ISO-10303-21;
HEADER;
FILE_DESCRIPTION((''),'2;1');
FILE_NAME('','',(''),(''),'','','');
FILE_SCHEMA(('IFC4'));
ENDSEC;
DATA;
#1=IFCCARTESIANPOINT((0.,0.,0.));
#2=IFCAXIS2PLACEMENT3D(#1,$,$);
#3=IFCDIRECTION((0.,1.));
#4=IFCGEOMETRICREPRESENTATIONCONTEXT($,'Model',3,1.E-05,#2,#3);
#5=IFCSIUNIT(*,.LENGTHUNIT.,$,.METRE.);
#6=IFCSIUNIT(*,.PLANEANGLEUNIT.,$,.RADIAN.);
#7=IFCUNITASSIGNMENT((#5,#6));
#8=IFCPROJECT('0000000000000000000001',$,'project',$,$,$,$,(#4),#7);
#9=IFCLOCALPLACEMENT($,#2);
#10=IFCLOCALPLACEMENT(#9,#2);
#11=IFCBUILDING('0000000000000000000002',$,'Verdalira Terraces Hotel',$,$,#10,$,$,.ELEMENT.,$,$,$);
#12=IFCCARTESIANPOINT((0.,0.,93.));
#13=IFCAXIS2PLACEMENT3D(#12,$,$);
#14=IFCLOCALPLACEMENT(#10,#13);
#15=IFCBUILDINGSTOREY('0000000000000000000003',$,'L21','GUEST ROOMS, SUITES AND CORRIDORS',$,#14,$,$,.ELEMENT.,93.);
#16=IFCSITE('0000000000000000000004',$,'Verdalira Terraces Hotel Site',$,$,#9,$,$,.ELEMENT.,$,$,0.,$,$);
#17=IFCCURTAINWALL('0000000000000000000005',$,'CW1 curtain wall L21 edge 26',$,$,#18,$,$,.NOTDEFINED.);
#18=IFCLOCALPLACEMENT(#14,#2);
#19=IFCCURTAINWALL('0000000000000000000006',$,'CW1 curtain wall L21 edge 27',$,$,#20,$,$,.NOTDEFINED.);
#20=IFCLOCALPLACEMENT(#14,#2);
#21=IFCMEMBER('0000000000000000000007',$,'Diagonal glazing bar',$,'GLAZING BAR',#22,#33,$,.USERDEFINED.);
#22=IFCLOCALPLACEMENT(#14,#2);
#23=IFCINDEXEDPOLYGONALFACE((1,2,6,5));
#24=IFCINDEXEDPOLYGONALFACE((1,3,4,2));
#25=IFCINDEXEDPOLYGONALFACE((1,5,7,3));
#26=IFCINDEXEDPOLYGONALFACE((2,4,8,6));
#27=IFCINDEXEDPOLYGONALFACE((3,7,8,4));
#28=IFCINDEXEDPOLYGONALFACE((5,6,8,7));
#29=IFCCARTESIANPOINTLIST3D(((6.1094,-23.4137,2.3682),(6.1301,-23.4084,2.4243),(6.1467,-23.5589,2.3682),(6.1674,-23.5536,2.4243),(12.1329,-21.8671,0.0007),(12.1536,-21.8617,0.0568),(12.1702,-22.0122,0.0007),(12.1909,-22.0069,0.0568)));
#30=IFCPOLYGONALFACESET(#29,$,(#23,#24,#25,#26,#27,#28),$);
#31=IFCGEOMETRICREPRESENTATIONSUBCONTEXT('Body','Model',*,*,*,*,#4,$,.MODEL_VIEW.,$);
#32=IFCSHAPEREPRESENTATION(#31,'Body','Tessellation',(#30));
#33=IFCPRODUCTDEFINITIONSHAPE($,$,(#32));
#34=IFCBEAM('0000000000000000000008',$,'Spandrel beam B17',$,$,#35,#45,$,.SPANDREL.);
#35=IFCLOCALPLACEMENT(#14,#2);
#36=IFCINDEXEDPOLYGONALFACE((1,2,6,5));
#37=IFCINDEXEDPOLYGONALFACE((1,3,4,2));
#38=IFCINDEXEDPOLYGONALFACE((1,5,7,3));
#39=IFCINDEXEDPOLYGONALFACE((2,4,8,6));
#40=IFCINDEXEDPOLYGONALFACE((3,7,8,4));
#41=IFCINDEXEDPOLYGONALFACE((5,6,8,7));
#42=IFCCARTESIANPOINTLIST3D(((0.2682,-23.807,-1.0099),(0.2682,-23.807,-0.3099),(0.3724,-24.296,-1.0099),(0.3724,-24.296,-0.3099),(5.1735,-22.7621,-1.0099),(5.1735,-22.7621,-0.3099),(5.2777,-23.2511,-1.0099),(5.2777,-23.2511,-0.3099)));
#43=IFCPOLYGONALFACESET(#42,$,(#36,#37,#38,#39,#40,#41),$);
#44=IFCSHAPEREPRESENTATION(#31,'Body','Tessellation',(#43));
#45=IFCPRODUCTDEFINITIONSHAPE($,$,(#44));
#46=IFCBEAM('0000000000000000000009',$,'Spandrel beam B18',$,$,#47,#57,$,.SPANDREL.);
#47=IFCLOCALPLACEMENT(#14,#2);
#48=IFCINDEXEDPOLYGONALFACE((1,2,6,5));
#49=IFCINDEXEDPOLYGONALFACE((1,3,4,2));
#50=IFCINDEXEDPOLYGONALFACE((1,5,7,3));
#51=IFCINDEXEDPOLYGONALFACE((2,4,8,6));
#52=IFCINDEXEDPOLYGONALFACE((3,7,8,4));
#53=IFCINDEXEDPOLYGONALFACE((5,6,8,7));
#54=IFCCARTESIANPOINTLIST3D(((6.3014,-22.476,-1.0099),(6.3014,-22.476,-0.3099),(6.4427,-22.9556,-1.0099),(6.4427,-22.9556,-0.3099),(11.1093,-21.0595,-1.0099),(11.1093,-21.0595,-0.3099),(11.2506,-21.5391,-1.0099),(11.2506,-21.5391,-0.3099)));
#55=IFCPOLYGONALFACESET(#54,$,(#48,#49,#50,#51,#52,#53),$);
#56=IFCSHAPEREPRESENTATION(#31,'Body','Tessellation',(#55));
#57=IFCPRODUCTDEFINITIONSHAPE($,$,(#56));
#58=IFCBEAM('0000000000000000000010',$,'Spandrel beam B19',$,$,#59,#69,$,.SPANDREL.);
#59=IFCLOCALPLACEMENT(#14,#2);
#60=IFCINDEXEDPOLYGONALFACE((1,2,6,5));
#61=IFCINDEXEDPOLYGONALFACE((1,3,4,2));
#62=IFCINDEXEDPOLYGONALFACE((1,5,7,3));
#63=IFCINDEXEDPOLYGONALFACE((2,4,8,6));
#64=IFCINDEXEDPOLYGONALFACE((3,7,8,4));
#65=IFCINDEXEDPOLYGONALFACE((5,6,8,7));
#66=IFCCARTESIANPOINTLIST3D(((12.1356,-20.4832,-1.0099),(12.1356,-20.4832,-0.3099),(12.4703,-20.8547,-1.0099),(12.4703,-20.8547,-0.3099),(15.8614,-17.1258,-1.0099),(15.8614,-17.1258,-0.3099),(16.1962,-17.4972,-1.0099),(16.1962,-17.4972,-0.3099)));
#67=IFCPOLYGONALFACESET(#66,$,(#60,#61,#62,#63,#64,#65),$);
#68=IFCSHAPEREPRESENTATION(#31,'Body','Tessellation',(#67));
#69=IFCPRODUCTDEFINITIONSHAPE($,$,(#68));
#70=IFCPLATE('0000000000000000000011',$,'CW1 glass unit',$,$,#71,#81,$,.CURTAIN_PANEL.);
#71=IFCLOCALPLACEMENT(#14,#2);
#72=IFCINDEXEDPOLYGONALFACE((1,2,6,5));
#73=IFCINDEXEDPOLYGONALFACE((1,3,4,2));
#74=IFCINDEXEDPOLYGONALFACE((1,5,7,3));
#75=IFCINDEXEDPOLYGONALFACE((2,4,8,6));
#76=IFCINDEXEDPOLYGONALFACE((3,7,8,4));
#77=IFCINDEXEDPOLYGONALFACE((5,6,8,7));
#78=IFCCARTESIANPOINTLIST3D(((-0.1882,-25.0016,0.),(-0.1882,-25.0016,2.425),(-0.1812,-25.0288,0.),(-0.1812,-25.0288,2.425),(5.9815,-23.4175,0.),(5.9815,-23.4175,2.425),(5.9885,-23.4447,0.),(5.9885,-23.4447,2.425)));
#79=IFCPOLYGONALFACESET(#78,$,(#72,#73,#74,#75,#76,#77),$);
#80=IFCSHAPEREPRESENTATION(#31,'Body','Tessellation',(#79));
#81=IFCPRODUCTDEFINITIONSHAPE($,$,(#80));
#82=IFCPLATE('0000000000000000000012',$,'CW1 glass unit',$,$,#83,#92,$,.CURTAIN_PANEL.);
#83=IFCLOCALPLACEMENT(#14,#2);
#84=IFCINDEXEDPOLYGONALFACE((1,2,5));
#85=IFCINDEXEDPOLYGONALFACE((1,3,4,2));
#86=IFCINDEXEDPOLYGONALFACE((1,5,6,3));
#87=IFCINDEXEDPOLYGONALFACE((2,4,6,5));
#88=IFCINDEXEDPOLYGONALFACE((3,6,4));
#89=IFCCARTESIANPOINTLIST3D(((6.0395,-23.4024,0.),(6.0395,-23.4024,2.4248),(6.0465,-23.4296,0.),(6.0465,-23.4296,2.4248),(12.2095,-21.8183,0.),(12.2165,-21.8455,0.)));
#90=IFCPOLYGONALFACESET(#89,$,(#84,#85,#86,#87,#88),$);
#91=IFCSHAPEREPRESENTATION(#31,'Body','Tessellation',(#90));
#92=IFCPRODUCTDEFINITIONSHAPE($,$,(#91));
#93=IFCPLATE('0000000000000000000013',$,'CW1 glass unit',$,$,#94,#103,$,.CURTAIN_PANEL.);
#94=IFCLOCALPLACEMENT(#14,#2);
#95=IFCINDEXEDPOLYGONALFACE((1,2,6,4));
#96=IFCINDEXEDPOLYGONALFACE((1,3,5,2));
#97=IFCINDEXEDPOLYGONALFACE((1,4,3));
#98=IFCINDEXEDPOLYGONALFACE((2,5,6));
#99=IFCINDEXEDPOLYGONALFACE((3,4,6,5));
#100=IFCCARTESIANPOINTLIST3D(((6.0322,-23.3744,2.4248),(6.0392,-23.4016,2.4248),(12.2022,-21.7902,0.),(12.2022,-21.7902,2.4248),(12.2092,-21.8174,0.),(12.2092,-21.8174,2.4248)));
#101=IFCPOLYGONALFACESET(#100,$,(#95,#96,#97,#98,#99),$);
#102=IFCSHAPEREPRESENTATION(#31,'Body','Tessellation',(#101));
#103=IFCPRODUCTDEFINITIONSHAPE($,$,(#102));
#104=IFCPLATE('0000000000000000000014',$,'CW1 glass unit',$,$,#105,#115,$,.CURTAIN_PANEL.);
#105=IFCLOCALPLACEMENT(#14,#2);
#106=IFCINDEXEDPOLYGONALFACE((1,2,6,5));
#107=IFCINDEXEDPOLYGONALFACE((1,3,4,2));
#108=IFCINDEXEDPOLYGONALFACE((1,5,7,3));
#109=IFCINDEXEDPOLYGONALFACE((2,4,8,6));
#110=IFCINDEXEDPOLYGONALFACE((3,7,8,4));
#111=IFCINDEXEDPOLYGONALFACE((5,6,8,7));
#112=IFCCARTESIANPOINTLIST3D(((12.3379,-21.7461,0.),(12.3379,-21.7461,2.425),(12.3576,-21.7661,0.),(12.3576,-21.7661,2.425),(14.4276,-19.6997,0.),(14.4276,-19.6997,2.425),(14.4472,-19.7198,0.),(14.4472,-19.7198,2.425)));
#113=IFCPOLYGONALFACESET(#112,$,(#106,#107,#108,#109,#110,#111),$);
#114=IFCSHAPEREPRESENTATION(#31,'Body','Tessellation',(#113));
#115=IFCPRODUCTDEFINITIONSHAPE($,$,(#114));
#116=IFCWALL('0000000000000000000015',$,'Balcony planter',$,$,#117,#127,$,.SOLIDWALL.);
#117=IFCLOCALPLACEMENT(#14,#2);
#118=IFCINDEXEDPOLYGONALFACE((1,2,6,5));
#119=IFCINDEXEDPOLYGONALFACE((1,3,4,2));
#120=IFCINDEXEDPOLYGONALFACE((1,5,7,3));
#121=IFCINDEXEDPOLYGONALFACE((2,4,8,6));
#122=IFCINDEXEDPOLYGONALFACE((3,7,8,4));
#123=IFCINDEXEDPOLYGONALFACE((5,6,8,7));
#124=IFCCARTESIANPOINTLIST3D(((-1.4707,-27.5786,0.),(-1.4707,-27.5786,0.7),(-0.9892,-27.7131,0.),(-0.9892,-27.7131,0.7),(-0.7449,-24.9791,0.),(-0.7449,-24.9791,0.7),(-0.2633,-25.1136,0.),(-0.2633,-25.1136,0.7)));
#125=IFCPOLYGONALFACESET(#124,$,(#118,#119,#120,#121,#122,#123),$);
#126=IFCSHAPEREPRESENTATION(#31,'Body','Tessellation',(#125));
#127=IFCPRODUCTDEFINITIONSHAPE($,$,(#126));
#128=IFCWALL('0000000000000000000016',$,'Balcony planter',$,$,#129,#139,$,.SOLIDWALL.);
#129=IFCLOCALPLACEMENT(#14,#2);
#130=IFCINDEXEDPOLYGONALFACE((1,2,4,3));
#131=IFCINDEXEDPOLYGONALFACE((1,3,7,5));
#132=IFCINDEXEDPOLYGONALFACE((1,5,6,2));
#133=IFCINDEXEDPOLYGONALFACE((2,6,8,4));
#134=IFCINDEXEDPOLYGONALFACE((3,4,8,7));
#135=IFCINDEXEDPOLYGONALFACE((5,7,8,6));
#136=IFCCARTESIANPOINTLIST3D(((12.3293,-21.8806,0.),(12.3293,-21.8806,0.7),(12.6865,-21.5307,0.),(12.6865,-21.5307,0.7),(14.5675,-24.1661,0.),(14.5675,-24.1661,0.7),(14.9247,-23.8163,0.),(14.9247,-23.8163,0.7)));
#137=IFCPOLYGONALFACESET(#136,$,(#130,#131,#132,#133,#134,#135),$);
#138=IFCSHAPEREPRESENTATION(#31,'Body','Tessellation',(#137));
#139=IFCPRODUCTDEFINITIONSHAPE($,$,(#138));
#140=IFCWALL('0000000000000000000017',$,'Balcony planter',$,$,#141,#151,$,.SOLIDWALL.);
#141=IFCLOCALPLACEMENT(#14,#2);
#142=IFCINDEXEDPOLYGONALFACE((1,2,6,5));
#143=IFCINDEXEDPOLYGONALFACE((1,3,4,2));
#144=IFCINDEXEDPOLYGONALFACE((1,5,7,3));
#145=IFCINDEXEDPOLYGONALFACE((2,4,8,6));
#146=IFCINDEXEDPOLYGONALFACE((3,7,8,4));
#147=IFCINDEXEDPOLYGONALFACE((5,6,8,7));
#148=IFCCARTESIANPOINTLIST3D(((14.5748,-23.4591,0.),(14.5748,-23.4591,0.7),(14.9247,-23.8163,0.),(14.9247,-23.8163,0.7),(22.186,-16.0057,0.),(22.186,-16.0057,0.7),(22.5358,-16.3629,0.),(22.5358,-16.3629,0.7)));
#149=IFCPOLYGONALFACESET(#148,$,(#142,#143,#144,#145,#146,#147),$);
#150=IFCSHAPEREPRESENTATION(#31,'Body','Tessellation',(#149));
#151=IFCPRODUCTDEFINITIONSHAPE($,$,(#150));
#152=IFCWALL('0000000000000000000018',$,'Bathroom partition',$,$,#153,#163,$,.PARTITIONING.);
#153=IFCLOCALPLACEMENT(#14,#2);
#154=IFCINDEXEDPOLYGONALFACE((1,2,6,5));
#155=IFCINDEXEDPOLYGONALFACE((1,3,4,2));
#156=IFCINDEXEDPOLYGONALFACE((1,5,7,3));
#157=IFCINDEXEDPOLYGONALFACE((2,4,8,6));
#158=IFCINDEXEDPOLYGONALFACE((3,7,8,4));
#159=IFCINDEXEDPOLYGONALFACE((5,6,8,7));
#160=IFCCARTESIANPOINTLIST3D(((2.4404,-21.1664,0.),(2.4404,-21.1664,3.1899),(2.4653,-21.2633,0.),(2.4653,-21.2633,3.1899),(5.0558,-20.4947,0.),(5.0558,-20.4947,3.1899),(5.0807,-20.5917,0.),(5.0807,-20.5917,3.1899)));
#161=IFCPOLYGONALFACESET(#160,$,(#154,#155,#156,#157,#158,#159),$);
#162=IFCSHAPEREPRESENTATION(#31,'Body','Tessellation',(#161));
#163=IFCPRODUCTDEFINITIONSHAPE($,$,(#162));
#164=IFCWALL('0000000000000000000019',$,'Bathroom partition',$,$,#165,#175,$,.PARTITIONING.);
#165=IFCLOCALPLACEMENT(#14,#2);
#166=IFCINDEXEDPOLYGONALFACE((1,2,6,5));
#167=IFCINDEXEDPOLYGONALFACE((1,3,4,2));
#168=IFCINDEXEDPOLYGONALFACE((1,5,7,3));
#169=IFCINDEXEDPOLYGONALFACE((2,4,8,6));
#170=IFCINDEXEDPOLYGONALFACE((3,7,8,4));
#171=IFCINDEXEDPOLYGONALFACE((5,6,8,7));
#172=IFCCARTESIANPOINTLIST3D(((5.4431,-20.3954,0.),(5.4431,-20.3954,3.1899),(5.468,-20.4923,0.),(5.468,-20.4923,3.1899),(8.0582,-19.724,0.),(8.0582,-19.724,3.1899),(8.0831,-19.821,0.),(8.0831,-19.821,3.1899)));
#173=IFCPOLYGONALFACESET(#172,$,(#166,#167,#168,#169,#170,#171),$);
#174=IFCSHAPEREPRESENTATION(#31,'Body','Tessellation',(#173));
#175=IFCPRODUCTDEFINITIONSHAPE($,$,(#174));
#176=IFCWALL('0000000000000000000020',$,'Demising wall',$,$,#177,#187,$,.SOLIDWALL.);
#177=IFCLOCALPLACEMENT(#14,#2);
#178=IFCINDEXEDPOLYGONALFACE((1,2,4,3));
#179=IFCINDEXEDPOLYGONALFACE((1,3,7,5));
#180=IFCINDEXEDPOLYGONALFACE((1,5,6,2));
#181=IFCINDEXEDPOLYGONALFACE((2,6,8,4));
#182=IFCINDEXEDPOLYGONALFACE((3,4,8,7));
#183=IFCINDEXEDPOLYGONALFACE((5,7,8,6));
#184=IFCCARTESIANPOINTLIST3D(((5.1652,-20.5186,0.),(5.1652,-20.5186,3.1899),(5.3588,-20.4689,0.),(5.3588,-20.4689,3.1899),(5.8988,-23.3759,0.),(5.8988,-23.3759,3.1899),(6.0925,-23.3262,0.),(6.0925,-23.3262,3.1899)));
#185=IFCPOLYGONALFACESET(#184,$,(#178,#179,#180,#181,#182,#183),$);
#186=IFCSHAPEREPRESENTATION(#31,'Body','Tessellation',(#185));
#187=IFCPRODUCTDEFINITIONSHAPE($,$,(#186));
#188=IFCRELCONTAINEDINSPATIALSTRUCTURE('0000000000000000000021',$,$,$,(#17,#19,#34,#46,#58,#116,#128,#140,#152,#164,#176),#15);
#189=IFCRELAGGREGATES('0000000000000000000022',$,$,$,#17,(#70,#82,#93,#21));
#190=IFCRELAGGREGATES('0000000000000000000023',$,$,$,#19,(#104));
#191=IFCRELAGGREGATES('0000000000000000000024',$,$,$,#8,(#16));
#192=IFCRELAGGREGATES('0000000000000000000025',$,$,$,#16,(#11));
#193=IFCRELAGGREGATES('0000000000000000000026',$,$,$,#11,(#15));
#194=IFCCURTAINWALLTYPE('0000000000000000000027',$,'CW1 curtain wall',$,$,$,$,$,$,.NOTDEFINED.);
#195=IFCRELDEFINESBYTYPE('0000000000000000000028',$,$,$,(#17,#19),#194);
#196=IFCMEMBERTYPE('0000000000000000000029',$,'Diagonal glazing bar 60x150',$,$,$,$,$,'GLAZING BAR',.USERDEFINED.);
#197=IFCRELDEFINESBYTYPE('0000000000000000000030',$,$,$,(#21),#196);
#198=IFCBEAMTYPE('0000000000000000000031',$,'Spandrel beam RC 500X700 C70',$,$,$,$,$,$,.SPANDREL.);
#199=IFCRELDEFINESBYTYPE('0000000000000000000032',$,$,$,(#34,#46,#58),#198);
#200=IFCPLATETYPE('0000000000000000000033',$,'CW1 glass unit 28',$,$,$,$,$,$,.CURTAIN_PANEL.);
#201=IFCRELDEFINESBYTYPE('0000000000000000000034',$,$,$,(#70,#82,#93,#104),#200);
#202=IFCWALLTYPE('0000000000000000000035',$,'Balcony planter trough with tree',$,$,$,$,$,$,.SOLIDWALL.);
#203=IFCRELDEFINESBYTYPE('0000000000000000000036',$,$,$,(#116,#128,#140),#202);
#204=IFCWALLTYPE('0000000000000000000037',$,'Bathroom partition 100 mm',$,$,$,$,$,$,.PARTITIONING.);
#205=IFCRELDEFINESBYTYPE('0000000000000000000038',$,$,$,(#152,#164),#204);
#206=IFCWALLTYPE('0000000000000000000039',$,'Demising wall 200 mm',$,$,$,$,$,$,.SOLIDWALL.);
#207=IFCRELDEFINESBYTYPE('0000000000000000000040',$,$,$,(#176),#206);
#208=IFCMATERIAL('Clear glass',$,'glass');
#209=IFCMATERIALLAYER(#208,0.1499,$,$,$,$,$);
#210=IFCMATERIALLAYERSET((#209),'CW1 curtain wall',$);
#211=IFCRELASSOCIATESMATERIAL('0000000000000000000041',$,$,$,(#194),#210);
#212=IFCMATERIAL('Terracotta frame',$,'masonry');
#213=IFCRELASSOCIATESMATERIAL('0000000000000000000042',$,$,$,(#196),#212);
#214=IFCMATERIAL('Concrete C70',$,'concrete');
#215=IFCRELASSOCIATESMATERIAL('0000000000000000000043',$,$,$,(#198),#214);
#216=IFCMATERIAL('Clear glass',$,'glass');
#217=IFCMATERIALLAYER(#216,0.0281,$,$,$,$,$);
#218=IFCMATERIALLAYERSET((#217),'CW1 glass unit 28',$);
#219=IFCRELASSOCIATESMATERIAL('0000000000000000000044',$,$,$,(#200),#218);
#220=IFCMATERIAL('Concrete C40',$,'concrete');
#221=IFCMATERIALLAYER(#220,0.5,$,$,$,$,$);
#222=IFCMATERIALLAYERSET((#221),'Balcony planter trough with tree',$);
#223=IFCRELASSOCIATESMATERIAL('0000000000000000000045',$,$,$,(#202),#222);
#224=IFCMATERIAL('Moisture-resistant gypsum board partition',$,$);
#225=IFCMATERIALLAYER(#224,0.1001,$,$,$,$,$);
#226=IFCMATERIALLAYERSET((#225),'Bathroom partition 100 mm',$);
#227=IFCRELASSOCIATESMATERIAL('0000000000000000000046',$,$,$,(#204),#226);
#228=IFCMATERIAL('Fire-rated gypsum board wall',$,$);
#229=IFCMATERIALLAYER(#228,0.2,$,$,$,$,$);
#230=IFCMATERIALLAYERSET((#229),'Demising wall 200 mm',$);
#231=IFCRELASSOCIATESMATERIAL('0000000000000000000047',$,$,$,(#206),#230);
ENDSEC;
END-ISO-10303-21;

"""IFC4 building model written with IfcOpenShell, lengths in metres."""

from ifc_helpers import new_model, si_unit, direction, frame, frame_2d, origin, origin_2d, place, context, subcontext, project, spatial, polyline, rectangle, outline, extrude, material, layer, layer_set, material_profile, profile_set, type_object, element, aggregate, save


model = new_model("IFC4")

# Units and contexts
model_context = context("Model", 3, precision=1e-05, world=origin(), true_north=direction((0.0, 1.0)))
body_context = subcontext(model_context, "Body", "Model", "MODEL_VIEW")
ifc_project = project(units=[si_unit("LENGTHUNIT", "METRE"), si_unit("PLANEANGLEUNIT", "RADIAN")], contexts=[model_context])

# Site, building, storey
site_placement = place(None, origin())
site = spatial("IfcSite", under=ifc_project, at=site_placement, Name="Verdalira Terraces Hotel Site", CompositionType="ELEMENT", RefElevation=0.0)
building_placement = place(site_placement, origin())
building = spatial("IfcBuilding", under=site, at=building_placement, Name="Verdalira Terraces Hotel", CompositionType="ELEMENT")
storey_placement = place(building_placement, frame((0.0, 0.0, 93.0)))
storey = spatial("IfcBuildingStorey", under=building, at=storey_placement, Name="L21", Description="GUEST ROOMS, SUITES AND CORRIDORS", CompositionType="ELEMENT", Elevation=93.0)

# Shared definitions
ifc_material_1 = material(Name="Clear glass", Category="glass")
ifc_layer_1 = layer(ifc_material_1, 0.1499)
ifc_layer_set_1 = layer_set([ifc_layer_1], Name="CW1 curtain wall")
curtain_wall_type = type_object("IfcCurtainWallType", Name="CW1 curtain wall", PredefinedType="NOTDEFINED", material=ifc_layer_set_1)

# Curtain wall
curtain_wall_1_placement = place(storey_placement, origin())
curtain_wall_1 = element("IfcCurtainWall", 1, at=curtain_wall_1_placement, inside=storey, type_object=curtain_wall_type, Name="CW1 curtain wall L21 edge 26", PredefinedType="NOTDEFINED")

# Curtain wall
curtain_wall_2_placement = place(storey_placement, origin())
curtain_wall_2 = element("IfcCurtainWall", 2, at=curtain_wall_2_placement, inside=storey, type_object=curtain_wall_type, Name="CW1 curtain wall L21 edge 27", PredefinedType="NOTDEFINED")

# Member
ifc_material_2 = material(Name="Terracotta frame", Category="masonry")
ifc_material_profile_1 = material_profile(ifc_material_2, rectangle(XDim=0.1499, YDim=0.0601, at=origin_2d()), Name="GB 60x150")
ifc_profile_set_1 = profile_set([ifc_material_profile_1], Name="Terracotta frame")
member_type_1 = type_object("IfcMemberType", Name="Diagonal glazing bar 60x150", ElementType="GLAZING BAR", PredefinedType="USERDEFINED", material=ifc_profile_set_1)
member_1_placement = place(storey_placement, frame((6.1384, -23.4836, 2.3962), z_axis=(0.905206, 0.232429, -0.355779), x_axis=(-0.248701, 0.96858, 0.0)))
member_1 = element("IfcMember", 3, at=member_1_placement, type_object=member_type_1, Name="Diagonal glazing bar", ObjectType="GLAZING BAR", PredefinedType="USERDEFINED", context=body_context, shape_type="SweptSolid", body=[
    extrude(rectangle(XDim=0.1499, YDim=0.0601, at=origin_2d()), origin(), (0.0, 0.0, 1.0), 6.6543),
])

# Beams
ifc_material_3 = material(Name="Concrete C70", Category="concrete")
ifc_material_profile_2 = material_profile(ifc_material_3, rectangle(XDim=0.5, YDim=0.7, at=origin_2d()), Name="RC 500X700")
ifc_profile_set_2 = profile_set([ifc_material_profile_2], Name="Concrete C70")
beam_type_1 = type_object("IfcBeamType", Name="Spandrel beam RC 500X700 C70", PredefinedType="SPANDREL", material=ifc_profile_set_2)
beam_1_placement = place(storey_placement, frame((0.3203, -24.0515, -0.6599), z_axis=(0.978055, 0.208345, 0.0), x_axis=(-0.208345, 0.978055, 0.0)))
element("IfcBeam", 4, at=beam_1_placement, inside=storey, type_object=beam_type_1, Name="Spandrel beam B17", PredefinedType="SPANDREL", context=body_context, shape_type="SweptSolid", body=[
    extrude(rectangle(XDim=0.5, YDim=0.7, at=origin_2d()), origin(), (0.0, 0.0, 1.0), 5.0154),
])
beam_2_placement = place(storey_placement, frame((6.3721, -22.7158, -0.6599), z_axis=(0.959234, 0.282612, 0.0), x_axis=(-0.282612, 0.959234, 0.0)))
element("IfcBeam", 5, at=beam_2_placement, inside=storey, type_object=beam_type_1, Name="Spandrel beam B18", PredefinedType="SPANDREL", context=body_context, shape_type="SweptSolid", body=[
    extrude(rectangle(XDim=0.5, YDim=0.7, at=origin_2d()), origin(), (0.0, 0.0, 1.0), 5.0122),
])
beam_3_placement = place(storey_placement, frame((12.303, -20.6689, -0.6599), z_axis=(0.74288, 0.669424, 0.0), x_axis=(-0.669424, 0.74288, 0.0)))
element("IfcBeam", 6, at=beam_3_placement, inside=storey, type_object=beam_type_1, Name="Spandrel beam B19", PredefinedType="SPANDREL", context=body_context, shape_type="SweptSolid", body=[
    extrude(rectangle(XDim=0.5, YDim=0.7, at=origin_2d()), origin(), (0.0, 0.0, 1.0), 5.0154),
])

# Plates
ifc_material_4 = material(Name="Clear glass", Category="glass")
ifc_layer_2 = layer(ifc_material_4, 0.0281)
ifc_layer_set_2 = layer_set([ifc_layer_2], Name="CW1 glass unit 28")
plate_type = type_object("IfcPlateType", Name="CW1 glass unit 28", PredefinedType="CURTAIN_PANEL", material=ifc_layer_set_2)
plate_1_placement = place(storey_placement, frame((2.9001, -24.2231, 0.0), z_axis=(0.0, 0.0, 1.0), x_axis=(0.968583, 0.24869, 0.0)))
plate_1 = element("IfcPlate", 7, at=plate_1_placement, type_object=plate_type, Name="CW1 glass unit", PredefinedType="CURTAIN_PANEL", context=body_context, shape_type="SweptSolid", body=[
    extrude(rectangle(XDim=6.3699, YDim=0.0281, at=origin_2d()), origin(), (0.0, 0.0, 1.0), 2.425),
])
plate_2_placement = place(storey_placement, frame((9.1245, -22.6104, 1.2124), z_axis=(0.24869, -0.968583, 0.0), x_axis=(0.968583, 0.24869, 0.0)))
plate_2 = element("IfcPlate", 8, at=plate_2_placement, type_object=plate_type, Name="CW1 glass unit", PredefinedType="CURTAIN_PANEL", context=body_context, shape_type="SweptSolid", body=[
    extrude(outline(polyline([(-3.1851, -1.2124), (3.1851, -1.2124), (-3.1851, 1.2124), (-3.1851, -1.2124)])), origin(), (0.0, 0.0, 1.0), 0.0281),
])
plate_3_placement = place(storey_placement, frame((9.1172, -22.5823, 1.2124), z_axis=(0.24869, -0.968583, 0.0), x_axis=(0.968583, 0.24869, 0.0)))
plate_3 = element("IfcPlate", 9, at=plate_3_placement, type_object=plate_type, Name="CW1 glass unit", PredefinedType="CURTAIN_PANEL", context=body_context, shape_type="SweptSolid", body=[
    extrude(outline(polyline([(3.1851, -1.2124), (3.1851, 1.2124), (-3.1851, 1.2124), (3.1851, -1.2124)])), origin(), (0.0, 0.0, 1.0), 0.0281),
])
aggregate(curtain_wall_1, [plate_1, plate_2, plate_3, member_1])
plate_4_placement = place(storey_placement, frame((13.3926, -20.7329, 0.0), z_axis=(0.0, 0.0, 1.0), x_axis=(0.714473, 0.699663, 0.0)))
plate_4 = element("IfcPlate", 10, at=plate_4_placement, type_object=plate_type, Name="CW1 glass unit", PredefinedType="CURTAIN_PANEL", context=body_context, shape_type="SweptSolid", body=[
    extrude(rectangle(XDim=2.9248, YDim=0.0281, at=origin_2d()), origin(), (0.0, 0.0, 1.0), 2.425),
])
aggregate(curtain_wall_2, [plate_4])

# Walls
ifc_material_5 = material(Name="Concrete C40", Category="concrete")
ifc_layer_3 = layer(ifc_material_5, 0.5)
ifc_layer_set_3 = layer_set([ifc_layer_3], Name="Balcony planter trough with tree")
wall_type_1 = type_object("IfcWallType", Name="Balcony planter trough with tree", PredefinedType="SOLIDWALL", material=ifc_layer_set_3)
wall_1_placement = place(storey_placement, frame((-1.23, -27.646, 0.0), z_axis=(0.0, 0.0, 1.0), x_axis=(0.268922, 0.963162, 0.0)))
element("IfcWall", 11, at=wall_1_placement, inside=storey, type_object=wall_type_1, Name="Balcony planter", PredefinedType="SOLIDWALL", context=body_context, shape_type="SweptSolid", body=[
    extrude(rectangle(XDim=2.699, YDim=0.5, at=frame_2d((1.3496, 0.0))), origin(), (0.0, 0.0, 1.0), 0.7),
])
wall_2_placement = place(storey_placement, frame((12.5078, -21.7056, 0.0), z_axis=(0.0, 0.0, 1.0), x_axis=(0.699665, -0.714471, 0.0)))
element("IfcWall", 12, at=wall_2_placement, inside=storey, type_object=wall_type_1, Name="Balcony planter", PredefinedType="SOLIDWALL", context=body_context, shape_type="SweptSolid", body=[
    extrude(rectangle(XDim=3.199, YDim=0.5, at=frame_2d((1.5996, 0.0))), origin(), (0.0, 0.0, 1.0), 0.7),
])
wall_3_placement = place(storey_placement, frame((14.7498, -23.6377, 0.0), z_axis=(0.0, 0.0, 1.0), x_axis=(0.714471, 0.699665, 0.0)))
element("IfcWall", 13, at=wall_3_placement, inside=storey, type_object=wall_type_1, Name="Balcony planter", PredefinedType="SOLIDWALL", context=body_context, shape_type="SweptSolid", body=[
    extrude(rectangle(XDim=10.6528, YDim=0.5, at=frame_2d((5.3264, 0.0))), origin(), (0.0, 0.0, 1.0), 0.7),
])
ifc_material_6 = material(Name="Moisture-resistant gypsum board partition")
ifc_layer_4 = layer(ifc_material_6, 0.1001)
ifc_layer_set_4 = layer_set([ifc_layer_4], Name="Bathroom partition 100 mm")
wall_type_2 = type_object("IfcWallType", Name="Bathroom partition 100 mm", PredefinedType="PARTITIONING", material=ifc_layer_set_4)
wall_4_placement = place(storey_placement, frame((2.4529, -21.2148, 0.0), z_axis=(0.0, 0.0, 1.0), x_axis=(0.96857, 0.248743, 0.0)))
element("IfcWall", 14, at=wall_4_placement, inside=storey, type_object=wall_type_2, Name="Bathroom partition", PredefinedType="PARTITIONING", context=body_context, shape_type="SweptSolid", body=[
    extrude(rectangle(XDim=2.7002, YDim=0.1001, at=frame_2d((1.3501, 0.0))), origin(), (0.0, 0.0, 1.0), 3.1899),
])
wall_5_placement = place(storey_placement, frame((8.0708, -19.7725, 0.0), z_axis=(0.0, 0.0, 1.0), x_axis=(-0.968591, -0.248658, 0.0)))
element("IfcWall", 15, at=wall_5_placement, inside=storey, type_object=wall_type_2, Name="Bathroom partition", PredefinedType="PARTITIONING", context=body_context, shape_type="SweptSolid", body=[
    extrude(rectangle(XDim=2.7, YDim=0.1001, at=frame_2d((1.3501, 0.0))), origin(), (0.0, 0.0, 1.0), 3.1899),
])
ifc_material_7 = material(Name="Fire-rated gypsum board wall")
ifc_layer_5 = layer(ifc_material_7, 0.2)
ifc_layer_set_5 = layer_set([ifc_layer_5], Name="Demising wall 200 mm")
wall_type_3 = type_object("IfcWallType", Name="Demising wall 200 mm", PredefinedType="SOLIDWALL", material=ifc_layer_set_5)
wall_6_placement = place(storey_placement, frame((5.262, -20.4937, 0.0), z_axis=(0.0, 0.0, 1.0), x_axis=(0.248704, -0.96858, 0.0)))
element("IfcWall", 16, at=wall_6_placement, inside=storey, type_object=wall_type_3, Name="Demising wall", PredefinedType="SOLIDWALL", context=body_context, shape_type="SweptSolid", body=[
    extrude(rectangle(XDim=2.95, YDim=0.2, at=frame_2d((1.4751, 0.0))), origin(), (0.0, 0.0, 1.0), 3.1899),
])

save(model, "model.ifc")
